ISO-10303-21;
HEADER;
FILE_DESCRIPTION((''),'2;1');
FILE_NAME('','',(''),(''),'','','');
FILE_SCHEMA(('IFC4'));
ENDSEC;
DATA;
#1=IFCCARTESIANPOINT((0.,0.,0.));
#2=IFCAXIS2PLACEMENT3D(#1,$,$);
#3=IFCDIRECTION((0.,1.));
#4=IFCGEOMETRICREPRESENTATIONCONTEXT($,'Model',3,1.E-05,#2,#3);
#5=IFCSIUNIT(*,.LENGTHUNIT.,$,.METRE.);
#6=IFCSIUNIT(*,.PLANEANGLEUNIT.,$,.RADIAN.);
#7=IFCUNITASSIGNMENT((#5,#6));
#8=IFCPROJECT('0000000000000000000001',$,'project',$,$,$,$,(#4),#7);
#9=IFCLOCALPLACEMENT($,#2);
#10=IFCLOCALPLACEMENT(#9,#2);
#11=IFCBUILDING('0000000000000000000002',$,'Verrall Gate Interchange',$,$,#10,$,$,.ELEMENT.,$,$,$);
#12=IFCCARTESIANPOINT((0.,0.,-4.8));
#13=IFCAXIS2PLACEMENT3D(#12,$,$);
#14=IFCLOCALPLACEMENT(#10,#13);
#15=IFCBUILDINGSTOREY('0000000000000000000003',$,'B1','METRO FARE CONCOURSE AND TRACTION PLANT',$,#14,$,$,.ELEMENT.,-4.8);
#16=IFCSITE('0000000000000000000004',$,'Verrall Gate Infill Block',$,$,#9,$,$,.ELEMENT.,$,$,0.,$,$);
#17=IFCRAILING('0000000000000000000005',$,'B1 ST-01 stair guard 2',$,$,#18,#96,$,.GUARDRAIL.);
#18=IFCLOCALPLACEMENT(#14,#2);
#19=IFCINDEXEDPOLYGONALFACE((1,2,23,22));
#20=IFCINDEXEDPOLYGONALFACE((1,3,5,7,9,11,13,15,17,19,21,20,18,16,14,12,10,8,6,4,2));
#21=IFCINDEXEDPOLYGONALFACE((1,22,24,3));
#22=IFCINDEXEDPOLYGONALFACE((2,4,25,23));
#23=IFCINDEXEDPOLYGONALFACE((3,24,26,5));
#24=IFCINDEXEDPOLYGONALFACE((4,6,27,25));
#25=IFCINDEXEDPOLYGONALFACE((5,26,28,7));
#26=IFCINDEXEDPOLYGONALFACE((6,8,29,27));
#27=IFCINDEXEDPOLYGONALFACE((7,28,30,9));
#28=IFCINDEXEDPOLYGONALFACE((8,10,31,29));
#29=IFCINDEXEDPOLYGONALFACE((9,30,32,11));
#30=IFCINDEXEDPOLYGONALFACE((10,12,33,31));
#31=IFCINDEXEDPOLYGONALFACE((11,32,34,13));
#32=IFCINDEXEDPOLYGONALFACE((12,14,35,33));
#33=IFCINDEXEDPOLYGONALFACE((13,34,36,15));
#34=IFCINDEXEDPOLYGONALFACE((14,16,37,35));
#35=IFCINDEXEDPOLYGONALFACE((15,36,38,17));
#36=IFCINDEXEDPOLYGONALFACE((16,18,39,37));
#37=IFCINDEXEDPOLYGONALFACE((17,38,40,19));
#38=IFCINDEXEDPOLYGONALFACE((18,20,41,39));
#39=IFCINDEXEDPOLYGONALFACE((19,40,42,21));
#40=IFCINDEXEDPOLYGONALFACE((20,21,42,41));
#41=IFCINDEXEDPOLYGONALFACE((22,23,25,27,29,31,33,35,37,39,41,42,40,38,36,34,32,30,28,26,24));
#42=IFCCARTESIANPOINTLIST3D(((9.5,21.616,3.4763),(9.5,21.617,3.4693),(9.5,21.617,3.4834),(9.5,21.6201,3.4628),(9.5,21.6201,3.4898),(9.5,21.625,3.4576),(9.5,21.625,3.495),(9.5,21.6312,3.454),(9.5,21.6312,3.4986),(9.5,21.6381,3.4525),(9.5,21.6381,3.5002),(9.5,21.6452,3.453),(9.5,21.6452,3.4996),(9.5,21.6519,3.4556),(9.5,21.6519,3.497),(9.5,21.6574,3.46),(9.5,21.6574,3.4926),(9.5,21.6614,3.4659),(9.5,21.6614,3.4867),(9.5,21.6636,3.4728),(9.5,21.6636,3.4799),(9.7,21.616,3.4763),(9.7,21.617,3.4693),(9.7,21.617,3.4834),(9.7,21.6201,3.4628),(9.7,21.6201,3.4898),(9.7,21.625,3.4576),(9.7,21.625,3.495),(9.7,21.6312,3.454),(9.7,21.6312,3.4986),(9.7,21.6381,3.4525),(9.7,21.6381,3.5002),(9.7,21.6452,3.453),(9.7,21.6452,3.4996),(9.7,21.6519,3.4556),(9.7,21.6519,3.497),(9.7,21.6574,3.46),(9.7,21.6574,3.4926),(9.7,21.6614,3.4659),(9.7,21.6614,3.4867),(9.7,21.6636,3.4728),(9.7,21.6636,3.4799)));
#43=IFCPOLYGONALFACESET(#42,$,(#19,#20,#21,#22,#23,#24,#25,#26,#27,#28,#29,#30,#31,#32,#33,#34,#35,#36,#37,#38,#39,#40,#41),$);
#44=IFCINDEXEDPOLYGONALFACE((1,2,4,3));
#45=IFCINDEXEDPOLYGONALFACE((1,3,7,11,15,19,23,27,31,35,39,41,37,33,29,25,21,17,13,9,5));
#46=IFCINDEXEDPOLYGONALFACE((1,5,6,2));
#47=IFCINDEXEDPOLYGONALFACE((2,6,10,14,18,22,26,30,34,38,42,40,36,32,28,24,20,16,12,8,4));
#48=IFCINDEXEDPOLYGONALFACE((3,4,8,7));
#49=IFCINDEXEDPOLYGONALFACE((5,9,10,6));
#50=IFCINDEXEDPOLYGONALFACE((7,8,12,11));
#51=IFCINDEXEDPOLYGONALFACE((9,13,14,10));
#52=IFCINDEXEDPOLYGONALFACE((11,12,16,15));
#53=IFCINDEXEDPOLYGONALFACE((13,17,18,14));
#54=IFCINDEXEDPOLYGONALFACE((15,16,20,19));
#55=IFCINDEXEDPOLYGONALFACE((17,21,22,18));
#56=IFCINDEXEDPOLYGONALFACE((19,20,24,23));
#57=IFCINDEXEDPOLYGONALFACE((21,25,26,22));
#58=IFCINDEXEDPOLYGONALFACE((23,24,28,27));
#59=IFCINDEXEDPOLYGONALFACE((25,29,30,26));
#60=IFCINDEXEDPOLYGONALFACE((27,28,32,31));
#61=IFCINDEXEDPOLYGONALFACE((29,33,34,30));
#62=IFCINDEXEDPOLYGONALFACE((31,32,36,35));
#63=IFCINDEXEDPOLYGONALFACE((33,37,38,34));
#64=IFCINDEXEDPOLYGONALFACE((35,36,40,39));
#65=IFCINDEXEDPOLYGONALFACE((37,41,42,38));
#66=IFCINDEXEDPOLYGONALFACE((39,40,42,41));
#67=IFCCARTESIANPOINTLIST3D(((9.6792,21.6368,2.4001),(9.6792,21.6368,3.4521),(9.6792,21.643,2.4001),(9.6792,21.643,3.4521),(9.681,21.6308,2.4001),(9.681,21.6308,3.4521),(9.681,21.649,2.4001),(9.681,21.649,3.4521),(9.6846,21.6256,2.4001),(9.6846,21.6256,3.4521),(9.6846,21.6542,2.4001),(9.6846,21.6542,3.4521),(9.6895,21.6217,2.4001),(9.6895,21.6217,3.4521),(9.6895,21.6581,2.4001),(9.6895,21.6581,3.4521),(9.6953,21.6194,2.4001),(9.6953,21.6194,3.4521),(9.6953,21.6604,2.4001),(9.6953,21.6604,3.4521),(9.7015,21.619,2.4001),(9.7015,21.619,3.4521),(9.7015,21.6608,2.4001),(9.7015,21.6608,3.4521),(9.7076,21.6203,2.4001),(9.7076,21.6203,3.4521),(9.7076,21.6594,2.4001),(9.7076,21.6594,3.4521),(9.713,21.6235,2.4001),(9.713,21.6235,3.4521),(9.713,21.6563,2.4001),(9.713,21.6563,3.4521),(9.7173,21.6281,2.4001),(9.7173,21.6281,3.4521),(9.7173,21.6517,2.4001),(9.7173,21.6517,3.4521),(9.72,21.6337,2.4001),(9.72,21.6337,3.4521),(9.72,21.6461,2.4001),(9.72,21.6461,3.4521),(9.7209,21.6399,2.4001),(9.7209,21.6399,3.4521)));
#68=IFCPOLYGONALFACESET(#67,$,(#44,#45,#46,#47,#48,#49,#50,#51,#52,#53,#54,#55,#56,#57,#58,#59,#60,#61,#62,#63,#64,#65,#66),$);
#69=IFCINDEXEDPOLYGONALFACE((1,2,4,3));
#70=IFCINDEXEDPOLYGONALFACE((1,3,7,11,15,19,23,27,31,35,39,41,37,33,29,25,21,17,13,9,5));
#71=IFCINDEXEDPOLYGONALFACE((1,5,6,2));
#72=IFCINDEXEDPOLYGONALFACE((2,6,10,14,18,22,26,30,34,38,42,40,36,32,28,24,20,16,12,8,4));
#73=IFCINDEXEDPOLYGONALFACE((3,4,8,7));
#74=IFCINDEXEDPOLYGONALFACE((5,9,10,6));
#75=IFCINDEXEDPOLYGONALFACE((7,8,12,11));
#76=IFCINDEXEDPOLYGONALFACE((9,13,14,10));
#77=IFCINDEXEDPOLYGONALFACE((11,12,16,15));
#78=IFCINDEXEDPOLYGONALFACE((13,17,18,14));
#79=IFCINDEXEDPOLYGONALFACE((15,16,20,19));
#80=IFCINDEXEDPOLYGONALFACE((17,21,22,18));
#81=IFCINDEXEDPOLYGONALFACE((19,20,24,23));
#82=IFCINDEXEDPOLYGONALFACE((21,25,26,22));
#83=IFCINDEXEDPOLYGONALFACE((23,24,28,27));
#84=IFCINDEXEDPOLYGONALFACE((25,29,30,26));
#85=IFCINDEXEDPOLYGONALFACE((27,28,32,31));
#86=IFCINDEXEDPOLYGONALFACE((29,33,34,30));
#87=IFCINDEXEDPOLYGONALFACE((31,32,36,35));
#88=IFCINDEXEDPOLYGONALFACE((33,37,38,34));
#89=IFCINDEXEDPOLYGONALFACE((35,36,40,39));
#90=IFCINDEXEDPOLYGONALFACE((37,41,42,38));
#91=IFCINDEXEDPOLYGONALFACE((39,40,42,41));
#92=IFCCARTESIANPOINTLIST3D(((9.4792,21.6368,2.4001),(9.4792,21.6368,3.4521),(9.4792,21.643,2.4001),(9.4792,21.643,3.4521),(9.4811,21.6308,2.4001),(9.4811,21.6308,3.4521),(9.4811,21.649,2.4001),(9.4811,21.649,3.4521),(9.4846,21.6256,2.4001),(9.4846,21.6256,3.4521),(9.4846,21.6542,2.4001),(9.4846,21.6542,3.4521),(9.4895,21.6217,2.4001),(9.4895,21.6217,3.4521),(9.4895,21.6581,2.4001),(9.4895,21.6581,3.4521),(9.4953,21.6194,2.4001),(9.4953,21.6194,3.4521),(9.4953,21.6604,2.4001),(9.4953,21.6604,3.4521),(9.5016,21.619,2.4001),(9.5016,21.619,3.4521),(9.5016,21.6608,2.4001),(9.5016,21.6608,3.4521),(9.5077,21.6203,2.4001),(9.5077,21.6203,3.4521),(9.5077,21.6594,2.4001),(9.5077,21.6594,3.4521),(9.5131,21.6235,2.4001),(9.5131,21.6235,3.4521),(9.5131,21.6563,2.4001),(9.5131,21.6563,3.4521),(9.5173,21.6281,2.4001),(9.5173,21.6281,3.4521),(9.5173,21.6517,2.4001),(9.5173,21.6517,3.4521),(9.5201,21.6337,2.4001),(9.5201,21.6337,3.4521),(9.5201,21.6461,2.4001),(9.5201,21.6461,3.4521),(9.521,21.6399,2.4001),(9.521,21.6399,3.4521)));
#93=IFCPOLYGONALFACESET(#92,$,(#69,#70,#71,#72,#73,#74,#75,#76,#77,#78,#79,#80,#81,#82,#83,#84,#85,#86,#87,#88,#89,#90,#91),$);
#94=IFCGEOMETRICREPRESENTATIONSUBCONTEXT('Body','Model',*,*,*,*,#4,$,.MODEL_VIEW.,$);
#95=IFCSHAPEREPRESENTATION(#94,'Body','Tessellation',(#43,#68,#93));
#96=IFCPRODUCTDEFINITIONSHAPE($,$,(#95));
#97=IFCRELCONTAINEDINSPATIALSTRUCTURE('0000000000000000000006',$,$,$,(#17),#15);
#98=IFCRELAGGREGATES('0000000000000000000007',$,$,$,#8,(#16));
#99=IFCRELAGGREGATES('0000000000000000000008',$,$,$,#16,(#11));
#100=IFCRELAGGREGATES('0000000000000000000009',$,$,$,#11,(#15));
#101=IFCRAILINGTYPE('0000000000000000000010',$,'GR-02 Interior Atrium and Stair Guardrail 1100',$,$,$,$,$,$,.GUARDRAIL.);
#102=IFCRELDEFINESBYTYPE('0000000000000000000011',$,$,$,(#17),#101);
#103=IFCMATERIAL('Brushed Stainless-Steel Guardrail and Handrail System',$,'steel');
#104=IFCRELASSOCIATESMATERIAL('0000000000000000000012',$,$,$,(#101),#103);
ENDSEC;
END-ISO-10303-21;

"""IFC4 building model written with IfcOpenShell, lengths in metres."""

from ifc_helpers import new_model, si_unit, direction, frame, origin, origin_2d, place, context, subcontext, project, spatial, circle, extrude, material, type_object, element, save


model = new_model("IFC4")

# Units and contexts
model_context = context("Model", 3, precision=1e-05, world=origin(), true_north=direction((0.0, 1.0)))
body_context = subcontext(model_context, "Body", "Model", "MODEL_VIEW")
ifc_project = project(units=[si_unit("LENGTHUNIT", "METRE"), si_unit("PLANEANGLEUNIT", "RADIAN")], contexts=[model_context])

# Site, building, storey
site_placement = place(None, origin())
site = spatial("IfcSite", under=ifc_project, at=site_placement, Name="Verrall Gate Infill Block", CompositionType="ELEMENT", RefElevation=0.0)
building_placement = place(site_placement, origin())
building = spatial("IfcBuilding", under=site, at=building_placement, Name="Verrall Gate Interchange", CompositionType="ELEMENT")
storey_placement = place(building_placement, frame((0.0, 0.0, -4.8)))
storey = spatial("IfcBuildingStorey", under=building, at=storey_placement, Name="B1", Description="METRO FARE CONCOURSE AND TRACTION PLANT", CompositionType="ELEMENT", Elevation=-4.8)

# Railing
ifc_material_1 = material(Name="Brushed Stainless-Steel Guardrail and Handrail System", Category="steel")
railing_type_1 = type_object("IfcRailingType", Name="GR-02 Interior Atrium and Stair Guardrail 1100", PredefinedType="GUARDRAIL", material=ifc_material_1)
railing_1_placement = place(storey_placement, frame((9.7, 21.6399, 2.4001)))
element("IfcRailing", 1, at=railing_1_placement, inside=storey, type_object=railing_type_1, Name="B1 ST-01 stair guard 2", PredefinedType="GUARDRAIL", context=body_context, shape_type="SweptSolid", body=[
    extrude(circle(Radius=0.0239, at=origin_2d()), frame((0.0, 0.0, 1.0762), z_axis=(-1.0, 0.0, 0.0), x_axis=(0.0, -1.0, 0.0)), (0.0, 0.0, 1.0), 0.2),
    extrude(circle(Radius=0.021, at=origin_2d()), origin(), (0.0, 0.0, 1.0), 1.052),
    extrude(circle(Radius=0.021, at=origin_2d()), frame((-0.2, 0.0, 0.0)), (0.0, 0.0, 1.0), 1.052),
])

save(model, "model.ifc")
